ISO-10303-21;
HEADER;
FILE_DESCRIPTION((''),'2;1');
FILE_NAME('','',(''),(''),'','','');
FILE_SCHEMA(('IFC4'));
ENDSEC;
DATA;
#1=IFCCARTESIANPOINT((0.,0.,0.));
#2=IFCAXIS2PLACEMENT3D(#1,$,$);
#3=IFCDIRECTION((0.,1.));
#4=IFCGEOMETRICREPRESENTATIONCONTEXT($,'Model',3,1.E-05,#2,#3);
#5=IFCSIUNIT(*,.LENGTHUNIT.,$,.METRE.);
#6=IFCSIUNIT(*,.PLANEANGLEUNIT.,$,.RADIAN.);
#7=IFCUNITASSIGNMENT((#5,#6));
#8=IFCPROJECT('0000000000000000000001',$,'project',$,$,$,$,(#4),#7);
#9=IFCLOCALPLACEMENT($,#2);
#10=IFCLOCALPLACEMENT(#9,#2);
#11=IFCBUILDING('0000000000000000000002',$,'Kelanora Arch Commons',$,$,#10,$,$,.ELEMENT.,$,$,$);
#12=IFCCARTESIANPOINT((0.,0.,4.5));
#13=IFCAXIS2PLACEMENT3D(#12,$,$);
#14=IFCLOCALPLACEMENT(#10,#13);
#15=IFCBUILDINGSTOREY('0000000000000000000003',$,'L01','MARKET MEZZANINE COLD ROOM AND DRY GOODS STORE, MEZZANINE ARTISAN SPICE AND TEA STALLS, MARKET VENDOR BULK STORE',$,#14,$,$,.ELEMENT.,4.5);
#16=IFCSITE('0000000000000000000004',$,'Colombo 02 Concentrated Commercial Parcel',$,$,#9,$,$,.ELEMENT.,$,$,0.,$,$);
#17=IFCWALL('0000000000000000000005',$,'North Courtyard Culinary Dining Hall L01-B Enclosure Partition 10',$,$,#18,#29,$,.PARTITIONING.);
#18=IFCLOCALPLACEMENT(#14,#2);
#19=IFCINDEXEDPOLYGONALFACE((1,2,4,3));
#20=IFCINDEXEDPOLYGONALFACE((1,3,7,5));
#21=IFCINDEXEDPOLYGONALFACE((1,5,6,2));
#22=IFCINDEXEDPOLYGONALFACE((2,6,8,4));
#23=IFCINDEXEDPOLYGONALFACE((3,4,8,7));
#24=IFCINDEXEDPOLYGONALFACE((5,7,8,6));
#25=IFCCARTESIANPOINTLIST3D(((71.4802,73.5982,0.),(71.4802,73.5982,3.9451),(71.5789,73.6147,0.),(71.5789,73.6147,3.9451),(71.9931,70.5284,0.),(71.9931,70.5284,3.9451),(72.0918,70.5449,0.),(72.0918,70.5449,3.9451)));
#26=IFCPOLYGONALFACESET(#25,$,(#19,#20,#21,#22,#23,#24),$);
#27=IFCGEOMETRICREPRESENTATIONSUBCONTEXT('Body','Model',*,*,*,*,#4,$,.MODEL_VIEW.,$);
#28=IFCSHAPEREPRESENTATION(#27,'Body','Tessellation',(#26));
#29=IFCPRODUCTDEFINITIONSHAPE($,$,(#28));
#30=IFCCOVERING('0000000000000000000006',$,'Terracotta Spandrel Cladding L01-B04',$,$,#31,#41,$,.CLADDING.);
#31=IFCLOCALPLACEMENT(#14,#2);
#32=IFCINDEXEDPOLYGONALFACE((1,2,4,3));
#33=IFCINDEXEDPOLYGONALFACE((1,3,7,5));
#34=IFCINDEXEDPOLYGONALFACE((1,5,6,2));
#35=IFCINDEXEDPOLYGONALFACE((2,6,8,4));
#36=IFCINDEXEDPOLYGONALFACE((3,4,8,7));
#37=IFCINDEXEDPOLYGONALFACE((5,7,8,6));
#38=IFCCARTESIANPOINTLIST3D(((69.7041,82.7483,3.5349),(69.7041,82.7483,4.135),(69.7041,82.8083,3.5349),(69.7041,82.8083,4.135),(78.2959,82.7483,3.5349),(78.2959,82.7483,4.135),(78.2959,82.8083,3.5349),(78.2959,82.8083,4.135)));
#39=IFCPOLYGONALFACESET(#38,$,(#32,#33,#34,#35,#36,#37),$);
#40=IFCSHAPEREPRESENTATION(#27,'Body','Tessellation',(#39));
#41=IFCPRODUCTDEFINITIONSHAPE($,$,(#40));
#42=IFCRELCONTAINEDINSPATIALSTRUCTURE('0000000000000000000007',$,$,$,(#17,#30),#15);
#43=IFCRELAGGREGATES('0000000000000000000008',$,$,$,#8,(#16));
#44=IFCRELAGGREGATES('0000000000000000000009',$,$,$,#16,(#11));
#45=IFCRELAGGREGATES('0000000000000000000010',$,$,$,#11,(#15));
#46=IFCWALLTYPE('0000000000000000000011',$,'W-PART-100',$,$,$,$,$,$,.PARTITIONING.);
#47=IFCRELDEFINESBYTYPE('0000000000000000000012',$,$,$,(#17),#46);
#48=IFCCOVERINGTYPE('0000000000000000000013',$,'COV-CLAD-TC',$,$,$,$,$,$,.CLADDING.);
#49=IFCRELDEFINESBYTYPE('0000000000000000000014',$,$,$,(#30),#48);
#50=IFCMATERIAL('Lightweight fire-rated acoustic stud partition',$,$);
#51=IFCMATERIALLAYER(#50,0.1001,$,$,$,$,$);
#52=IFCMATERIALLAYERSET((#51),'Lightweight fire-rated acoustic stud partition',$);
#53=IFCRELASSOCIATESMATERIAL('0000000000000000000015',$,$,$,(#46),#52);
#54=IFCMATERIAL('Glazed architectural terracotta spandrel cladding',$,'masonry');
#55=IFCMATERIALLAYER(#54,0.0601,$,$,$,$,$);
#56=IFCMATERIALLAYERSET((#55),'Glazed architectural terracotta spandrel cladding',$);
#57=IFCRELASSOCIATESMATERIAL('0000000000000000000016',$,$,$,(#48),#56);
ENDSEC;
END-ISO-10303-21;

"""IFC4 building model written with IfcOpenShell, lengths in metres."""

from ifc_helpers import new_model, si_unit, direction, frame, frame_2d, origin, origin_2d, place, context, subcontext, project, spatial, rectangle, extrude, source, transform, mapped, material, layer, layer_set, type_object, element, save


model = new_model("IFC4")

# Units and contexts
model_context = context("Model", 3, precision=1e-05, world=origin(), true_north=direction((0.0, 1.0)))
body_context = subcontext(model_context, "Body", "Model", "MODEL_VIEW")
ifc_project = project(units=[si_unit("LENGTHUNIT", "METRE"), si_unit("PLANEANGLEUNIT", "RADIAN")], contexts=[model_context])

# Site, building, storey
site_placement = place(None, origin())
site = spatial("IfcSite", under=ifc_project, at=site_placement, Name="Colombo 02 Concentrated Commercial Parcel", CompositionType="ELEMENT", RefElevation=0.0)
building_placement = place(site_placement, origin())
building = spatial("IfcBuilding", under=site, at=building_placement, Name="Kelanora Arch Commons", CompositionType="ELEMENT")
storey_placement = place(building_placement, frame((0.0, 0.0, 4.5)))
storey = spatial("IfcBuildingStorey", under=building, at=storey_placement, Name="L01", Description="MARKET MEZZANINE COLD ROOM AND DRY GOODS STORE, MEZZANINE ARTISAN SPICE AND TEA STALLS, MARKET VENDOR BULK STORE", CompositionType="ELEMENT", Elevation=4.5)

# Wall
ifc_material_1 = material(Name="Lightweight fire-rated acoustic stud partition")
ifc_layer_1 = layer(ifc_material_1, 0.1001)
ifc_layer_set_1 = layer_set([ifc_layer_1], Name="Lightweight fire-rated acoustic stud partition")
wall_type_1 = type_object("IfcWallType", Name="W-PART-100", PredefinedType="PARTITIONING", material=ifc_layer_set_1)
wall_1_placement = place(storey_placement, frame((71.5295, 73.6064, 0.0), z_axis=(0.0, 0.0, 1.0), x_axis=(0.164806, -0.986326, 0.0)))
element("IfcWall", 1, at=wall_1_placement, inside=storey, type_object=wall_type_1, Name="North Courtyard Culinary Dining Hall L01-B Enclosure Partition 10", PredefinedType="PARTITIONING", context=body_context, shape_type="SweptSolid", body=[
    extrude(rectangle(XDim=3.1123, YDim=0.1001, at=frame_2d((1.5562, 0.0))), origin(), (0.0, 0.0, 1.0), 3.9451),
])

# Covering
ifc_material_2 = material(Name="Glazed architectural terracotta spandrel cladding", Category="masonry")
ifc_layer_2 = layer(ifc_material_2, 0.0601)
ifc_layer_set_2 = layer_set([ifc_layer_2], Name="Glazed architectural terracotta spandrel cladding")
covering_type = type_object("IfcCoveringType", Name="COV-CLAD-TC", PredefinedType="CLADDING", material=ifc_layer_set_2)
shared_shape_1 = source(origin(), body_context, "Body", "SweptSolid", [
    extrude(rectangle(XDim=8.5918, YDim=0.0601, at=origin_2d()), origin(), (0.0, 0.0, 1.0), 0.6001),
])
covering_placement = place(storey_placement, frame((74.0, 82.7783, 3.5349), z_axis=(0.0, 0.0, 1.0), x_axis=(-1.0, 0.0, 0.0)))
element("IfcCovering", 2, at=covering_placement, inside=storey, type_object=covering_type, Name="Terracotta Spandrel Cladding L01-B04", PredefinedType="CLADDING", context=body_context, shape_type="MappedRepresentation", body=[
    mapped(shared_shape_1, transform((0.0, 0.0, 0.0), scale=1.0)),
])

save(model, "model.ifc")
